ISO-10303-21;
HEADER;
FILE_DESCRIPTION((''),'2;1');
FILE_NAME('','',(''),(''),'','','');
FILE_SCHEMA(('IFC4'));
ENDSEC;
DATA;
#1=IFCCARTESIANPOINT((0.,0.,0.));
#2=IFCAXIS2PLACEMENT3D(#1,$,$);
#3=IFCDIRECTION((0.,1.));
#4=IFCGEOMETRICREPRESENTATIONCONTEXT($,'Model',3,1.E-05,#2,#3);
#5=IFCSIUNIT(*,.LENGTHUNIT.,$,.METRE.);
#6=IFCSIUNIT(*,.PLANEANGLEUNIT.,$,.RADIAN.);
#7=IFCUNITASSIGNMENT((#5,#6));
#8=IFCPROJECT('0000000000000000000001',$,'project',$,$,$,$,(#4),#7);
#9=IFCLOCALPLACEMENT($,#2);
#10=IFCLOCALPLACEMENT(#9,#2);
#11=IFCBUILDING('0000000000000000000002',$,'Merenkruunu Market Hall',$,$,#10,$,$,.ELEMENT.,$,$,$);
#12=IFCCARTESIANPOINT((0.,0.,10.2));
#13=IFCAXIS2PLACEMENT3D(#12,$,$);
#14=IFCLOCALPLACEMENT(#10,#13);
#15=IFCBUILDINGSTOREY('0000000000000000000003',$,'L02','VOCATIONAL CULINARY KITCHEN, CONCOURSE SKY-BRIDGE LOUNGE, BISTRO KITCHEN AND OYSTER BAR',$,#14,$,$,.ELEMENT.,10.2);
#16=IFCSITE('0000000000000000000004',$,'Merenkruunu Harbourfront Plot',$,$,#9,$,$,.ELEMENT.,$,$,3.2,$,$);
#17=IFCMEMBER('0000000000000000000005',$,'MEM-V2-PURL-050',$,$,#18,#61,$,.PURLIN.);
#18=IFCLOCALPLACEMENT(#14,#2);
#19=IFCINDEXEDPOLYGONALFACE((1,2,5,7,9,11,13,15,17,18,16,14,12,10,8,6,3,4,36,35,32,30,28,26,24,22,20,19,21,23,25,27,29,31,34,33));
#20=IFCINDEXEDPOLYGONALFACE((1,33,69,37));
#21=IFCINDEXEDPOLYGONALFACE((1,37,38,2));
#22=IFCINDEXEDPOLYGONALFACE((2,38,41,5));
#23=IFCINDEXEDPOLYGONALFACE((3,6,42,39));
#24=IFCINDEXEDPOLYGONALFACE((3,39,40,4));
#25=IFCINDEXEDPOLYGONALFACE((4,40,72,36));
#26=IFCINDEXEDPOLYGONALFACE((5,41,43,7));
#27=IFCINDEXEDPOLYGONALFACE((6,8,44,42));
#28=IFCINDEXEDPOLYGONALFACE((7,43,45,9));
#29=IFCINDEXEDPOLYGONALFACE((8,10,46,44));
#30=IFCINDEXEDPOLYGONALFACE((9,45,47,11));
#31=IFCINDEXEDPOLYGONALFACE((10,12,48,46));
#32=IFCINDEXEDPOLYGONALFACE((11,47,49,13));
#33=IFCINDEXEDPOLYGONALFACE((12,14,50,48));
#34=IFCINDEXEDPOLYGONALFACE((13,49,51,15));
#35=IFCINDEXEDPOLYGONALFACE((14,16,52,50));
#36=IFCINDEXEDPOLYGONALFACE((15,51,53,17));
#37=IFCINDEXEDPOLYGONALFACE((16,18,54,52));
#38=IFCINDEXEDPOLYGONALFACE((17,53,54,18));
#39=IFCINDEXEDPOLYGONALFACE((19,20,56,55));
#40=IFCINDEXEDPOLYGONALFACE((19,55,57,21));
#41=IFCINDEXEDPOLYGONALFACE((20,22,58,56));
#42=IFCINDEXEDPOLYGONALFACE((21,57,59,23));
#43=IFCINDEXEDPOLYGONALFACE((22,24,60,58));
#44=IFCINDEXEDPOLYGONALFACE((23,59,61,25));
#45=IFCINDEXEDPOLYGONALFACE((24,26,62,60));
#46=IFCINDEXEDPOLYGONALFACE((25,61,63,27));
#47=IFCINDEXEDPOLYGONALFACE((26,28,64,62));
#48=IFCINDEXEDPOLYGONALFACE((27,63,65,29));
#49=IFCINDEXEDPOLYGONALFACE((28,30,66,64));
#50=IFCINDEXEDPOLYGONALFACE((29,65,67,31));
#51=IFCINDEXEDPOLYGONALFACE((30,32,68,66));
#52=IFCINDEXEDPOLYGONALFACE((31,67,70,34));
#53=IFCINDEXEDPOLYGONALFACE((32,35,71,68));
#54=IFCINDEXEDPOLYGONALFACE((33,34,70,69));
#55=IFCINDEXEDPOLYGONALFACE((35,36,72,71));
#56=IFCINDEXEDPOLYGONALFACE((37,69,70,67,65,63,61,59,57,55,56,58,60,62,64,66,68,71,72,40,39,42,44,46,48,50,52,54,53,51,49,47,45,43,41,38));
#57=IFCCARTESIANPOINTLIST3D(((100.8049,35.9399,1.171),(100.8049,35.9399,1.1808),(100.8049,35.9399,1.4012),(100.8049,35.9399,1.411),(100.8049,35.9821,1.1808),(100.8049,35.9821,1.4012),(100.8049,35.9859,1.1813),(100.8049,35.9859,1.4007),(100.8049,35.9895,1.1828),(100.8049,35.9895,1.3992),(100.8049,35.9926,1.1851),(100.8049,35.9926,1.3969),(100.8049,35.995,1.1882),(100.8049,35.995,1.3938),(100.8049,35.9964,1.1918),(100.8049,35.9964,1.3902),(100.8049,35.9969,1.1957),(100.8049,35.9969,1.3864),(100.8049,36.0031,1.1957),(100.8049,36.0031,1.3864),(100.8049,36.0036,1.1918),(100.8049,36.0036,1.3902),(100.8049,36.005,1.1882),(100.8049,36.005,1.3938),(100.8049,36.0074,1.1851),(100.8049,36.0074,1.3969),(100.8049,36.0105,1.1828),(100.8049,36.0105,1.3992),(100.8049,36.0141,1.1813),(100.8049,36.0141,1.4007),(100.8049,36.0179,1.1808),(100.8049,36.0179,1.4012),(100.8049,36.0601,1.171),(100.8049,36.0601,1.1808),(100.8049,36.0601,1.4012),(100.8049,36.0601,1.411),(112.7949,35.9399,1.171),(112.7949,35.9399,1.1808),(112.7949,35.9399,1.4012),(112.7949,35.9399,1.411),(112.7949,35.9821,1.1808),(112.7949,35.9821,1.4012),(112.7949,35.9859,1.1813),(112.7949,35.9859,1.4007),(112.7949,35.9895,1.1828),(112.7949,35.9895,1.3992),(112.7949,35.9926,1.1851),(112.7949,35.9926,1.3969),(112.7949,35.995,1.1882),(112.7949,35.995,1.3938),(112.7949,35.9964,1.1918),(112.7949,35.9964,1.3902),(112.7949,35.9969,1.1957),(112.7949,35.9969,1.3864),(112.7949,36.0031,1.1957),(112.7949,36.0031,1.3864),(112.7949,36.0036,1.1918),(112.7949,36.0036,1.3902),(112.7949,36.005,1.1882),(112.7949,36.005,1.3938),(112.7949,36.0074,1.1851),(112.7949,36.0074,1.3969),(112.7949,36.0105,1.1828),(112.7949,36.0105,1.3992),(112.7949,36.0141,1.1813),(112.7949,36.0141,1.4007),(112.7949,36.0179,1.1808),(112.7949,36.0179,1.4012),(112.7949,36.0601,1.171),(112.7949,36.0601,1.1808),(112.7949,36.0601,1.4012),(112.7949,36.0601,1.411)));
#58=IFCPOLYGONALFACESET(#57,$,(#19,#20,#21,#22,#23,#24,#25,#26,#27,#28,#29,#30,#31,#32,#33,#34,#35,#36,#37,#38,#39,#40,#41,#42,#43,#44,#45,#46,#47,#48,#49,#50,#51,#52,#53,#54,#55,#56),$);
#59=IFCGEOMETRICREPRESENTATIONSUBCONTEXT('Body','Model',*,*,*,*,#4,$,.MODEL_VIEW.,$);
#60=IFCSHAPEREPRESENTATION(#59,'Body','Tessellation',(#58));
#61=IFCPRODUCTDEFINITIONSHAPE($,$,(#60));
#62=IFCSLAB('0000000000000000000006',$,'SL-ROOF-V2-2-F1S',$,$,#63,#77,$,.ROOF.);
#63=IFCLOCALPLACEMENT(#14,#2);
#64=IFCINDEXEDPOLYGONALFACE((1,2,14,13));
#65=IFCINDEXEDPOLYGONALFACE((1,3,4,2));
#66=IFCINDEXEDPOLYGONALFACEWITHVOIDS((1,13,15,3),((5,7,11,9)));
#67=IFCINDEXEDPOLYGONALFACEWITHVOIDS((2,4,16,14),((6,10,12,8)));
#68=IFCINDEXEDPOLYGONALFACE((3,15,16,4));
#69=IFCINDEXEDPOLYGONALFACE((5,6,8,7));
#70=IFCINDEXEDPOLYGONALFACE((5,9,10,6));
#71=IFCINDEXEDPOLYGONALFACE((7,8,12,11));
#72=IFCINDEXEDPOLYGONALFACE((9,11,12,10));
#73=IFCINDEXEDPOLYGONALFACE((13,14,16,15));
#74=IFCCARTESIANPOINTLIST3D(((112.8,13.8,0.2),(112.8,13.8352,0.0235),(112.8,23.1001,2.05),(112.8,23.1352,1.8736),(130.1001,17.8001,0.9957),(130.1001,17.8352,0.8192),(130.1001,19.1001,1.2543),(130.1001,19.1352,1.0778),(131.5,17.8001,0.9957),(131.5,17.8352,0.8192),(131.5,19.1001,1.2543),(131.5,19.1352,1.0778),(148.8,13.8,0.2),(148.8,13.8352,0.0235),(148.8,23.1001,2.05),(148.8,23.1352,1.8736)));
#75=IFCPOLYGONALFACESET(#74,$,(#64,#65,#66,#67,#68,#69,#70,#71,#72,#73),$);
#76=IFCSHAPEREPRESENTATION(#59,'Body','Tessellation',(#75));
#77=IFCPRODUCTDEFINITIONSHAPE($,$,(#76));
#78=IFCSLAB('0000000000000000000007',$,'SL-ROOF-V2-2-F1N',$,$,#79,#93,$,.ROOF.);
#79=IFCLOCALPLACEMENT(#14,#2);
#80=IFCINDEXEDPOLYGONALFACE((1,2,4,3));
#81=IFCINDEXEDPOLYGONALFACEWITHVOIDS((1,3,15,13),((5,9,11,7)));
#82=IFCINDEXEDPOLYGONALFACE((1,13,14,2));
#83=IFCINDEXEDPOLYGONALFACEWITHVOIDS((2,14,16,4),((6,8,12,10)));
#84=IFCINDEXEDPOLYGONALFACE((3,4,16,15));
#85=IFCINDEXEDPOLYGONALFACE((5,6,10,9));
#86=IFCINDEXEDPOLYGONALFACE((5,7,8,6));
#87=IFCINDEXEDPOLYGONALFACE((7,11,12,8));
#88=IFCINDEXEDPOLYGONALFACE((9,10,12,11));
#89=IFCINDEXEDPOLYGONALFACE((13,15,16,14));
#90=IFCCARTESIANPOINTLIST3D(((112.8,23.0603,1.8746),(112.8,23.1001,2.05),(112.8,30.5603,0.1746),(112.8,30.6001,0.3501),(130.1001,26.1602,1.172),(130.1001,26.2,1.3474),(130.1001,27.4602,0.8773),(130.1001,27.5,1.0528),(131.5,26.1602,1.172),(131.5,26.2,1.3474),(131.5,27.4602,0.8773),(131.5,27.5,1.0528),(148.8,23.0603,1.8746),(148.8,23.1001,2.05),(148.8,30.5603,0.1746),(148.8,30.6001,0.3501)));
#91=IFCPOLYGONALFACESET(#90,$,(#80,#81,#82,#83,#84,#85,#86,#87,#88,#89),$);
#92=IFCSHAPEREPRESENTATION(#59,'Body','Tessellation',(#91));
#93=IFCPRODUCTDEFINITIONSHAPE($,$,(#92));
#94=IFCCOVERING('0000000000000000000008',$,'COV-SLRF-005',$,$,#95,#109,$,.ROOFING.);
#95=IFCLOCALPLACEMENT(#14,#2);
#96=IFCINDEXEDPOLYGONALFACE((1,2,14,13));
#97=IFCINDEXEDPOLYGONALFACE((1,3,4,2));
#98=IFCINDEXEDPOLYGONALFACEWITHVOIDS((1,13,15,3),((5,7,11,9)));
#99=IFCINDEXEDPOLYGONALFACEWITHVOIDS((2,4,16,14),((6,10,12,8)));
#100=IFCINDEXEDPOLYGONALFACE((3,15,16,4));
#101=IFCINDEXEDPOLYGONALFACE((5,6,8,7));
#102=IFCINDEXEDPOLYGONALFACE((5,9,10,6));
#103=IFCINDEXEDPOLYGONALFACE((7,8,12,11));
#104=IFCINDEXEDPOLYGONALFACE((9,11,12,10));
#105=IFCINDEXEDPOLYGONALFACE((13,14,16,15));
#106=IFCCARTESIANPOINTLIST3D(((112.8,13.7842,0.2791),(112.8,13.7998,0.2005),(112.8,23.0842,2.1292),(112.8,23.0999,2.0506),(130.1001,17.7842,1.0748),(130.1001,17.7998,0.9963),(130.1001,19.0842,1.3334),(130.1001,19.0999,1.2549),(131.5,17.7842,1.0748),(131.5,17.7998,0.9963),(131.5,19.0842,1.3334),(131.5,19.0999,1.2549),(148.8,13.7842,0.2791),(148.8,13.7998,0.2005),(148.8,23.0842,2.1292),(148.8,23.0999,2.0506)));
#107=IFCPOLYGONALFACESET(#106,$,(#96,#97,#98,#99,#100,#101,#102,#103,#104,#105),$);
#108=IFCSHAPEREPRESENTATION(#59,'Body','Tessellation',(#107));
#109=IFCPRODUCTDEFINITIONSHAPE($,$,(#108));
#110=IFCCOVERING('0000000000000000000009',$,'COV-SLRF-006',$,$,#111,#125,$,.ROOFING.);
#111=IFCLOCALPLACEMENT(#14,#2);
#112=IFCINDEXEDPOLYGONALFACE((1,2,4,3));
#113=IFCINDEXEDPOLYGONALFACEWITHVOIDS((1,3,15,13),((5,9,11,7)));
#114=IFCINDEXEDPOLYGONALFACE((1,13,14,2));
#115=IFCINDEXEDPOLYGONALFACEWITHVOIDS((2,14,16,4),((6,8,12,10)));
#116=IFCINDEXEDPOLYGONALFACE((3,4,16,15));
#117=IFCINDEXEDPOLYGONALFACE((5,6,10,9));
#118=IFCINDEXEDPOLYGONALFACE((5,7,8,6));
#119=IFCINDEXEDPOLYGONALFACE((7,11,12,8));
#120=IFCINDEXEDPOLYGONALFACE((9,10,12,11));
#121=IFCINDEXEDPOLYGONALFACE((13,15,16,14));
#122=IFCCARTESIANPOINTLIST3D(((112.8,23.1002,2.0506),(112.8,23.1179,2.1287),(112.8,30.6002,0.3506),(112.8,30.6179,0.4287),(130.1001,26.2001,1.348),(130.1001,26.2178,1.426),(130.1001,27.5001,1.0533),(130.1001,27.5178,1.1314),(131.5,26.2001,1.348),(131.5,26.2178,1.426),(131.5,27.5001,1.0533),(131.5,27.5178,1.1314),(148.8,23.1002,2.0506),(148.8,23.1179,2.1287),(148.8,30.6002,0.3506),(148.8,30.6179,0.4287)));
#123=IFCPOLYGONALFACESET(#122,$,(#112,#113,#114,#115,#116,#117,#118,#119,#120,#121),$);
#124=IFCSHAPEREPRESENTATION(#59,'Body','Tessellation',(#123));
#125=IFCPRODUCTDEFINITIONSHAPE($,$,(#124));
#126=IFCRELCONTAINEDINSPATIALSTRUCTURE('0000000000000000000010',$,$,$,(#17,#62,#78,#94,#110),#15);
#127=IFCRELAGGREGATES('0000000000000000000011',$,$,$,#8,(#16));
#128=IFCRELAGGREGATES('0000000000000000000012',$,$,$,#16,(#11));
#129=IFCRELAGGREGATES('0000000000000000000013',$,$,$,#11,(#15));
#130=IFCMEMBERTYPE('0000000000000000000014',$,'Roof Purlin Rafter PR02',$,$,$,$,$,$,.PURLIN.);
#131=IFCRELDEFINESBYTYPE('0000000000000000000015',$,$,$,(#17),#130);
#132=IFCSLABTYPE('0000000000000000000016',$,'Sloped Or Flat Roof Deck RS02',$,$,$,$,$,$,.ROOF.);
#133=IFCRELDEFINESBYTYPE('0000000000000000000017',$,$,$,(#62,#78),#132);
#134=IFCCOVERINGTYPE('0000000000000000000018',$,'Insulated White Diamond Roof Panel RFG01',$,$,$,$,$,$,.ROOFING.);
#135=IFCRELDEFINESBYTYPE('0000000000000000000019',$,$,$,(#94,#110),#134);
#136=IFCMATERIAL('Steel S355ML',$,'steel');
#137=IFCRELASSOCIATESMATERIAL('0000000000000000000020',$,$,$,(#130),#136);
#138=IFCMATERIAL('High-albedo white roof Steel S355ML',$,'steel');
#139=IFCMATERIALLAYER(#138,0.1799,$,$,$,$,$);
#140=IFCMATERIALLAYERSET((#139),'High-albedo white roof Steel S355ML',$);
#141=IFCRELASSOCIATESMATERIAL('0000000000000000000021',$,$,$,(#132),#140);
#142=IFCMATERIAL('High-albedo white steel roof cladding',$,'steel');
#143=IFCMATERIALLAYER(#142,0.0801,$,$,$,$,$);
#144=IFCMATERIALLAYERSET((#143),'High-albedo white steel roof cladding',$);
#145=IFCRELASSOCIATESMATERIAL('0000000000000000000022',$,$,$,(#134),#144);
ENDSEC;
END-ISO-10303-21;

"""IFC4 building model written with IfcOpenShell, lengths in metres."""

from ifc_helpers import new_model, si_unit, direction, frame, origin, origin_2d, place, context, subcontext, project, spatial, polyline, i_section, outline, extrude, material, layer, layer_set, material_profile, profile_set, type_object, element, save


model = new_model("IFC4")

# Units and contexts
model_context = context("Model", 3, precision=1e-05, world=origin(), true_north=direction((0.0, 1.0)))
body_context = subcontext(model_context, "Body", "Model", "MODEL_VIEW")
ifc_project = project(units=[si_unit("LENGTHUNIT", "METRE"), si_unit("PLANEANGLEUNIT", "RADIAN")], contexts=[model_context])

# Site, building, storey
site_placement = place(None, origin())
site = spatial("IfcSite", under=ifc_project, at=site_placement, Name="Merenkruunu Harbourfront Plot", CompositionType="ELEMENT", RefElevation=3.2)
building_placement = place(site_placement, origin())
building = spatial("IfcBuilding", under=site, at=building_placement, Name="Merenkruunu Market Hall", CompositionType="ELEMENT")
storey_placement = place(building_placement, frame((0.0, 0.0, 10.2)))
storey = spatial("IfcBuildingStorey", under=building, at=storey_placement, Name="L02", Description="VOCATIONAL CULINARY KITCHEN, CONCOURSE SKY-BRIDGE LOUNGE, BISTRO KITCHEN AND OYSTER BAR", CompositionType="ELEMENT", Elevation=10.2)

# Member
ifc_material_1 = material(Name="Steel S355ML", Category="steel")
ifc_material_profile_1 = material_profile(ifc_material_1, i_section(OverallWidth=0.1201, OverallDepth=0.24, WebThickness=0.0061, FlangeThickness=0.0098, FilletRadius=0.0149, at=origin_2d()), Name="IPE 240")
ifc_profile_set_1 = profile_set([ifc_material_profile_1], Name="Steel S355ML")
member_type = type_object("IfcMemberType", Name="Roof Purlin Rafter PR02", PredefinedType="PURLIN", material=ifc_profile_set_1)
for number, where, z_axis, x_axis, name in (
    (1, (100.8049, 36.0, 1.291), (1.0, 0.0, 0.0), (0.0, 1.0, 0.0), "MEM-V2-PURL-050"),
):
    element("IfcMember", number, at=place(storey_placement, frame(where, z_axis=z_axis, x_axis=x_axis)), inside=storey, type_object=member_type, Name=name, PredefinedType="PURLIN", context=body_context, shape_type="SweptSolid", body=[
        extrude(i_section(OverallWidth=0.1201, OverallDepth=0.24, WebThickness=0.0061, FlangeThickness=0.0098, FilletRadius=0.0149, at=origin_2d()), origin(), (0.0, 0.0, 1.0), 11.99),
    ])

# Slabs
ifc_material_2 = material(Name="High-albedo white roof Steel S355ML", Category="steel")
ifc_layer_1 = layer(ifc_material_2, 0.1799)
ifc_layer_set_1 = layer_set([ifc_layer_1], Name="High-albedo white roof Steel S355ML")
slab_type = type_object("IfcSlabType", Name="Sloped Or Flat Roof Deck RS02", PredefinedType="ROOF", material=ifc_layer_set_1)
slab_1_placement = place(storey_placement, frame((112.8, 13.8, 0.2), z_axis=(0.0, -0.195111, 0.980781), x_axis=(1.0, 0.0, 0.0)))
element("IfcSlab", 2, at=slab_1_placement, inside=storey, type_object=slab_type, Name="SL-ROOF-V2-2-F1S", PredefinedType="ROOF", context=body_context, shape_type="SweptSolid", body=[
    extrude(outline(polyline([(0.0, 0.0), (36.0, 0.0), (36.0, 9.4823), (0.0, 9.4823), (0.0, 0.0)]), holes=[polyline([(17.3, 4.0784), (18.7, 4.0784), (18.7, 5.4039), (17.3, 5.4039), (17.3, 4.0784)])]), origin(), (0.0, 0.0, -1.0), 0.1799),
])
slab_2_placement = place(storey_placement, frame((112.8, 23.1001, 2.05), z_axis=(0.0, 0.221053, 0.975262), x_axis=(1.0, 0.0, 0.0)))
element("IfcSlab", 3, at=slab_2_placement, inside=storey, type_object=slab_type, Name="SL-ROOF-V2-2-F1N", PredefinedType="ROOF", context=body_context, shape_type="SweptSolid", body=[
    extrude(outline(polyline([(0.0, 0.0), (36.0, 0.0), (36.0, 7.6902), (0.0, 7.6902), (0.0, 0.0)]), holes=[polyline([(17.3, 3.1785), (18.7, 3.1785), (18.7, 4.5115), (17.3, 4.5115), (17.3, 3.1785)])]), origin(), (0.0, 0.0, -1.0), 0.1799),
])

# Coverings
ifc_material_3 = material(Name="High-albedo white steel roof cladding", Category="steel")
ifc_layer_2 = layer(ifc_material_3, 0.0801)
ifc_layer_set_2 = layer_set([ifc_layer_2], Name="High-albedo white steel roof cladding")
covering_type = type_object("IfcCoveringType", Name="Insulated White Diamond Roof Panel RFG01", PredefinedType="ROOFING", material=ifc_layer_set_2)
covering_1_placement = place(storey_placement, frame((112.8, 13.7842, 0.2791), z_axis=(0.0, -0.195111, 0.980781), x_axis=(1.0, 0.0, 0.0)))
element("IfcCovering", 4, at=covering_1_placement, inside=storey, type_object=covering_type, Name="COV-SLRF-005", PredefinedType="ROOFING", context=body_context, shape_type="SweptSolid", body=[
    extrude(outline(polyline([(0.0, 0.0), (36.0, 0.0), (36.0, 9.4823), (0.0, 9.4823), (0.0, 0.0)]), holes=[polyline([(17.3, 4.0784), (18.7, 4.0784), (18.7, 5.4039), (17.3, 5.4039), (17.3, 4.0784)])]), origin(), (0.0, 0.0, -1.0), 0.0801),
])
covering_2_placement = place(storey_placement, frame((112.8, 23.1179, 2.1287), z_axis=(0.0, 0.221053, 0.975262), x_axis=(1.0, 0.0, 0.0)))
element("IfcCovering", 5, at=covering_2_placement, inside=storey, type_object=covering_type, Name="COV-SLRF-006", PredefinedType="ROOFING", context=body_context, shape_type="SweptSolid", body=[
    extrude(outline(polyline([(0.0, 0.0), (36.0, 0.0), (36.0, 7.6902), (0.0, 7.6902), (0.0, 0.0)]), holes=[polyline([(17.3, 3.1785), (18.7, 3.1785), (18.7, 4.5115), (17.3, 4.5115), (17.3, 3.1785)])]), origin(), (0.0, 0.0, -1.0), 0.0801),
])

save(model, "model.ifc")
